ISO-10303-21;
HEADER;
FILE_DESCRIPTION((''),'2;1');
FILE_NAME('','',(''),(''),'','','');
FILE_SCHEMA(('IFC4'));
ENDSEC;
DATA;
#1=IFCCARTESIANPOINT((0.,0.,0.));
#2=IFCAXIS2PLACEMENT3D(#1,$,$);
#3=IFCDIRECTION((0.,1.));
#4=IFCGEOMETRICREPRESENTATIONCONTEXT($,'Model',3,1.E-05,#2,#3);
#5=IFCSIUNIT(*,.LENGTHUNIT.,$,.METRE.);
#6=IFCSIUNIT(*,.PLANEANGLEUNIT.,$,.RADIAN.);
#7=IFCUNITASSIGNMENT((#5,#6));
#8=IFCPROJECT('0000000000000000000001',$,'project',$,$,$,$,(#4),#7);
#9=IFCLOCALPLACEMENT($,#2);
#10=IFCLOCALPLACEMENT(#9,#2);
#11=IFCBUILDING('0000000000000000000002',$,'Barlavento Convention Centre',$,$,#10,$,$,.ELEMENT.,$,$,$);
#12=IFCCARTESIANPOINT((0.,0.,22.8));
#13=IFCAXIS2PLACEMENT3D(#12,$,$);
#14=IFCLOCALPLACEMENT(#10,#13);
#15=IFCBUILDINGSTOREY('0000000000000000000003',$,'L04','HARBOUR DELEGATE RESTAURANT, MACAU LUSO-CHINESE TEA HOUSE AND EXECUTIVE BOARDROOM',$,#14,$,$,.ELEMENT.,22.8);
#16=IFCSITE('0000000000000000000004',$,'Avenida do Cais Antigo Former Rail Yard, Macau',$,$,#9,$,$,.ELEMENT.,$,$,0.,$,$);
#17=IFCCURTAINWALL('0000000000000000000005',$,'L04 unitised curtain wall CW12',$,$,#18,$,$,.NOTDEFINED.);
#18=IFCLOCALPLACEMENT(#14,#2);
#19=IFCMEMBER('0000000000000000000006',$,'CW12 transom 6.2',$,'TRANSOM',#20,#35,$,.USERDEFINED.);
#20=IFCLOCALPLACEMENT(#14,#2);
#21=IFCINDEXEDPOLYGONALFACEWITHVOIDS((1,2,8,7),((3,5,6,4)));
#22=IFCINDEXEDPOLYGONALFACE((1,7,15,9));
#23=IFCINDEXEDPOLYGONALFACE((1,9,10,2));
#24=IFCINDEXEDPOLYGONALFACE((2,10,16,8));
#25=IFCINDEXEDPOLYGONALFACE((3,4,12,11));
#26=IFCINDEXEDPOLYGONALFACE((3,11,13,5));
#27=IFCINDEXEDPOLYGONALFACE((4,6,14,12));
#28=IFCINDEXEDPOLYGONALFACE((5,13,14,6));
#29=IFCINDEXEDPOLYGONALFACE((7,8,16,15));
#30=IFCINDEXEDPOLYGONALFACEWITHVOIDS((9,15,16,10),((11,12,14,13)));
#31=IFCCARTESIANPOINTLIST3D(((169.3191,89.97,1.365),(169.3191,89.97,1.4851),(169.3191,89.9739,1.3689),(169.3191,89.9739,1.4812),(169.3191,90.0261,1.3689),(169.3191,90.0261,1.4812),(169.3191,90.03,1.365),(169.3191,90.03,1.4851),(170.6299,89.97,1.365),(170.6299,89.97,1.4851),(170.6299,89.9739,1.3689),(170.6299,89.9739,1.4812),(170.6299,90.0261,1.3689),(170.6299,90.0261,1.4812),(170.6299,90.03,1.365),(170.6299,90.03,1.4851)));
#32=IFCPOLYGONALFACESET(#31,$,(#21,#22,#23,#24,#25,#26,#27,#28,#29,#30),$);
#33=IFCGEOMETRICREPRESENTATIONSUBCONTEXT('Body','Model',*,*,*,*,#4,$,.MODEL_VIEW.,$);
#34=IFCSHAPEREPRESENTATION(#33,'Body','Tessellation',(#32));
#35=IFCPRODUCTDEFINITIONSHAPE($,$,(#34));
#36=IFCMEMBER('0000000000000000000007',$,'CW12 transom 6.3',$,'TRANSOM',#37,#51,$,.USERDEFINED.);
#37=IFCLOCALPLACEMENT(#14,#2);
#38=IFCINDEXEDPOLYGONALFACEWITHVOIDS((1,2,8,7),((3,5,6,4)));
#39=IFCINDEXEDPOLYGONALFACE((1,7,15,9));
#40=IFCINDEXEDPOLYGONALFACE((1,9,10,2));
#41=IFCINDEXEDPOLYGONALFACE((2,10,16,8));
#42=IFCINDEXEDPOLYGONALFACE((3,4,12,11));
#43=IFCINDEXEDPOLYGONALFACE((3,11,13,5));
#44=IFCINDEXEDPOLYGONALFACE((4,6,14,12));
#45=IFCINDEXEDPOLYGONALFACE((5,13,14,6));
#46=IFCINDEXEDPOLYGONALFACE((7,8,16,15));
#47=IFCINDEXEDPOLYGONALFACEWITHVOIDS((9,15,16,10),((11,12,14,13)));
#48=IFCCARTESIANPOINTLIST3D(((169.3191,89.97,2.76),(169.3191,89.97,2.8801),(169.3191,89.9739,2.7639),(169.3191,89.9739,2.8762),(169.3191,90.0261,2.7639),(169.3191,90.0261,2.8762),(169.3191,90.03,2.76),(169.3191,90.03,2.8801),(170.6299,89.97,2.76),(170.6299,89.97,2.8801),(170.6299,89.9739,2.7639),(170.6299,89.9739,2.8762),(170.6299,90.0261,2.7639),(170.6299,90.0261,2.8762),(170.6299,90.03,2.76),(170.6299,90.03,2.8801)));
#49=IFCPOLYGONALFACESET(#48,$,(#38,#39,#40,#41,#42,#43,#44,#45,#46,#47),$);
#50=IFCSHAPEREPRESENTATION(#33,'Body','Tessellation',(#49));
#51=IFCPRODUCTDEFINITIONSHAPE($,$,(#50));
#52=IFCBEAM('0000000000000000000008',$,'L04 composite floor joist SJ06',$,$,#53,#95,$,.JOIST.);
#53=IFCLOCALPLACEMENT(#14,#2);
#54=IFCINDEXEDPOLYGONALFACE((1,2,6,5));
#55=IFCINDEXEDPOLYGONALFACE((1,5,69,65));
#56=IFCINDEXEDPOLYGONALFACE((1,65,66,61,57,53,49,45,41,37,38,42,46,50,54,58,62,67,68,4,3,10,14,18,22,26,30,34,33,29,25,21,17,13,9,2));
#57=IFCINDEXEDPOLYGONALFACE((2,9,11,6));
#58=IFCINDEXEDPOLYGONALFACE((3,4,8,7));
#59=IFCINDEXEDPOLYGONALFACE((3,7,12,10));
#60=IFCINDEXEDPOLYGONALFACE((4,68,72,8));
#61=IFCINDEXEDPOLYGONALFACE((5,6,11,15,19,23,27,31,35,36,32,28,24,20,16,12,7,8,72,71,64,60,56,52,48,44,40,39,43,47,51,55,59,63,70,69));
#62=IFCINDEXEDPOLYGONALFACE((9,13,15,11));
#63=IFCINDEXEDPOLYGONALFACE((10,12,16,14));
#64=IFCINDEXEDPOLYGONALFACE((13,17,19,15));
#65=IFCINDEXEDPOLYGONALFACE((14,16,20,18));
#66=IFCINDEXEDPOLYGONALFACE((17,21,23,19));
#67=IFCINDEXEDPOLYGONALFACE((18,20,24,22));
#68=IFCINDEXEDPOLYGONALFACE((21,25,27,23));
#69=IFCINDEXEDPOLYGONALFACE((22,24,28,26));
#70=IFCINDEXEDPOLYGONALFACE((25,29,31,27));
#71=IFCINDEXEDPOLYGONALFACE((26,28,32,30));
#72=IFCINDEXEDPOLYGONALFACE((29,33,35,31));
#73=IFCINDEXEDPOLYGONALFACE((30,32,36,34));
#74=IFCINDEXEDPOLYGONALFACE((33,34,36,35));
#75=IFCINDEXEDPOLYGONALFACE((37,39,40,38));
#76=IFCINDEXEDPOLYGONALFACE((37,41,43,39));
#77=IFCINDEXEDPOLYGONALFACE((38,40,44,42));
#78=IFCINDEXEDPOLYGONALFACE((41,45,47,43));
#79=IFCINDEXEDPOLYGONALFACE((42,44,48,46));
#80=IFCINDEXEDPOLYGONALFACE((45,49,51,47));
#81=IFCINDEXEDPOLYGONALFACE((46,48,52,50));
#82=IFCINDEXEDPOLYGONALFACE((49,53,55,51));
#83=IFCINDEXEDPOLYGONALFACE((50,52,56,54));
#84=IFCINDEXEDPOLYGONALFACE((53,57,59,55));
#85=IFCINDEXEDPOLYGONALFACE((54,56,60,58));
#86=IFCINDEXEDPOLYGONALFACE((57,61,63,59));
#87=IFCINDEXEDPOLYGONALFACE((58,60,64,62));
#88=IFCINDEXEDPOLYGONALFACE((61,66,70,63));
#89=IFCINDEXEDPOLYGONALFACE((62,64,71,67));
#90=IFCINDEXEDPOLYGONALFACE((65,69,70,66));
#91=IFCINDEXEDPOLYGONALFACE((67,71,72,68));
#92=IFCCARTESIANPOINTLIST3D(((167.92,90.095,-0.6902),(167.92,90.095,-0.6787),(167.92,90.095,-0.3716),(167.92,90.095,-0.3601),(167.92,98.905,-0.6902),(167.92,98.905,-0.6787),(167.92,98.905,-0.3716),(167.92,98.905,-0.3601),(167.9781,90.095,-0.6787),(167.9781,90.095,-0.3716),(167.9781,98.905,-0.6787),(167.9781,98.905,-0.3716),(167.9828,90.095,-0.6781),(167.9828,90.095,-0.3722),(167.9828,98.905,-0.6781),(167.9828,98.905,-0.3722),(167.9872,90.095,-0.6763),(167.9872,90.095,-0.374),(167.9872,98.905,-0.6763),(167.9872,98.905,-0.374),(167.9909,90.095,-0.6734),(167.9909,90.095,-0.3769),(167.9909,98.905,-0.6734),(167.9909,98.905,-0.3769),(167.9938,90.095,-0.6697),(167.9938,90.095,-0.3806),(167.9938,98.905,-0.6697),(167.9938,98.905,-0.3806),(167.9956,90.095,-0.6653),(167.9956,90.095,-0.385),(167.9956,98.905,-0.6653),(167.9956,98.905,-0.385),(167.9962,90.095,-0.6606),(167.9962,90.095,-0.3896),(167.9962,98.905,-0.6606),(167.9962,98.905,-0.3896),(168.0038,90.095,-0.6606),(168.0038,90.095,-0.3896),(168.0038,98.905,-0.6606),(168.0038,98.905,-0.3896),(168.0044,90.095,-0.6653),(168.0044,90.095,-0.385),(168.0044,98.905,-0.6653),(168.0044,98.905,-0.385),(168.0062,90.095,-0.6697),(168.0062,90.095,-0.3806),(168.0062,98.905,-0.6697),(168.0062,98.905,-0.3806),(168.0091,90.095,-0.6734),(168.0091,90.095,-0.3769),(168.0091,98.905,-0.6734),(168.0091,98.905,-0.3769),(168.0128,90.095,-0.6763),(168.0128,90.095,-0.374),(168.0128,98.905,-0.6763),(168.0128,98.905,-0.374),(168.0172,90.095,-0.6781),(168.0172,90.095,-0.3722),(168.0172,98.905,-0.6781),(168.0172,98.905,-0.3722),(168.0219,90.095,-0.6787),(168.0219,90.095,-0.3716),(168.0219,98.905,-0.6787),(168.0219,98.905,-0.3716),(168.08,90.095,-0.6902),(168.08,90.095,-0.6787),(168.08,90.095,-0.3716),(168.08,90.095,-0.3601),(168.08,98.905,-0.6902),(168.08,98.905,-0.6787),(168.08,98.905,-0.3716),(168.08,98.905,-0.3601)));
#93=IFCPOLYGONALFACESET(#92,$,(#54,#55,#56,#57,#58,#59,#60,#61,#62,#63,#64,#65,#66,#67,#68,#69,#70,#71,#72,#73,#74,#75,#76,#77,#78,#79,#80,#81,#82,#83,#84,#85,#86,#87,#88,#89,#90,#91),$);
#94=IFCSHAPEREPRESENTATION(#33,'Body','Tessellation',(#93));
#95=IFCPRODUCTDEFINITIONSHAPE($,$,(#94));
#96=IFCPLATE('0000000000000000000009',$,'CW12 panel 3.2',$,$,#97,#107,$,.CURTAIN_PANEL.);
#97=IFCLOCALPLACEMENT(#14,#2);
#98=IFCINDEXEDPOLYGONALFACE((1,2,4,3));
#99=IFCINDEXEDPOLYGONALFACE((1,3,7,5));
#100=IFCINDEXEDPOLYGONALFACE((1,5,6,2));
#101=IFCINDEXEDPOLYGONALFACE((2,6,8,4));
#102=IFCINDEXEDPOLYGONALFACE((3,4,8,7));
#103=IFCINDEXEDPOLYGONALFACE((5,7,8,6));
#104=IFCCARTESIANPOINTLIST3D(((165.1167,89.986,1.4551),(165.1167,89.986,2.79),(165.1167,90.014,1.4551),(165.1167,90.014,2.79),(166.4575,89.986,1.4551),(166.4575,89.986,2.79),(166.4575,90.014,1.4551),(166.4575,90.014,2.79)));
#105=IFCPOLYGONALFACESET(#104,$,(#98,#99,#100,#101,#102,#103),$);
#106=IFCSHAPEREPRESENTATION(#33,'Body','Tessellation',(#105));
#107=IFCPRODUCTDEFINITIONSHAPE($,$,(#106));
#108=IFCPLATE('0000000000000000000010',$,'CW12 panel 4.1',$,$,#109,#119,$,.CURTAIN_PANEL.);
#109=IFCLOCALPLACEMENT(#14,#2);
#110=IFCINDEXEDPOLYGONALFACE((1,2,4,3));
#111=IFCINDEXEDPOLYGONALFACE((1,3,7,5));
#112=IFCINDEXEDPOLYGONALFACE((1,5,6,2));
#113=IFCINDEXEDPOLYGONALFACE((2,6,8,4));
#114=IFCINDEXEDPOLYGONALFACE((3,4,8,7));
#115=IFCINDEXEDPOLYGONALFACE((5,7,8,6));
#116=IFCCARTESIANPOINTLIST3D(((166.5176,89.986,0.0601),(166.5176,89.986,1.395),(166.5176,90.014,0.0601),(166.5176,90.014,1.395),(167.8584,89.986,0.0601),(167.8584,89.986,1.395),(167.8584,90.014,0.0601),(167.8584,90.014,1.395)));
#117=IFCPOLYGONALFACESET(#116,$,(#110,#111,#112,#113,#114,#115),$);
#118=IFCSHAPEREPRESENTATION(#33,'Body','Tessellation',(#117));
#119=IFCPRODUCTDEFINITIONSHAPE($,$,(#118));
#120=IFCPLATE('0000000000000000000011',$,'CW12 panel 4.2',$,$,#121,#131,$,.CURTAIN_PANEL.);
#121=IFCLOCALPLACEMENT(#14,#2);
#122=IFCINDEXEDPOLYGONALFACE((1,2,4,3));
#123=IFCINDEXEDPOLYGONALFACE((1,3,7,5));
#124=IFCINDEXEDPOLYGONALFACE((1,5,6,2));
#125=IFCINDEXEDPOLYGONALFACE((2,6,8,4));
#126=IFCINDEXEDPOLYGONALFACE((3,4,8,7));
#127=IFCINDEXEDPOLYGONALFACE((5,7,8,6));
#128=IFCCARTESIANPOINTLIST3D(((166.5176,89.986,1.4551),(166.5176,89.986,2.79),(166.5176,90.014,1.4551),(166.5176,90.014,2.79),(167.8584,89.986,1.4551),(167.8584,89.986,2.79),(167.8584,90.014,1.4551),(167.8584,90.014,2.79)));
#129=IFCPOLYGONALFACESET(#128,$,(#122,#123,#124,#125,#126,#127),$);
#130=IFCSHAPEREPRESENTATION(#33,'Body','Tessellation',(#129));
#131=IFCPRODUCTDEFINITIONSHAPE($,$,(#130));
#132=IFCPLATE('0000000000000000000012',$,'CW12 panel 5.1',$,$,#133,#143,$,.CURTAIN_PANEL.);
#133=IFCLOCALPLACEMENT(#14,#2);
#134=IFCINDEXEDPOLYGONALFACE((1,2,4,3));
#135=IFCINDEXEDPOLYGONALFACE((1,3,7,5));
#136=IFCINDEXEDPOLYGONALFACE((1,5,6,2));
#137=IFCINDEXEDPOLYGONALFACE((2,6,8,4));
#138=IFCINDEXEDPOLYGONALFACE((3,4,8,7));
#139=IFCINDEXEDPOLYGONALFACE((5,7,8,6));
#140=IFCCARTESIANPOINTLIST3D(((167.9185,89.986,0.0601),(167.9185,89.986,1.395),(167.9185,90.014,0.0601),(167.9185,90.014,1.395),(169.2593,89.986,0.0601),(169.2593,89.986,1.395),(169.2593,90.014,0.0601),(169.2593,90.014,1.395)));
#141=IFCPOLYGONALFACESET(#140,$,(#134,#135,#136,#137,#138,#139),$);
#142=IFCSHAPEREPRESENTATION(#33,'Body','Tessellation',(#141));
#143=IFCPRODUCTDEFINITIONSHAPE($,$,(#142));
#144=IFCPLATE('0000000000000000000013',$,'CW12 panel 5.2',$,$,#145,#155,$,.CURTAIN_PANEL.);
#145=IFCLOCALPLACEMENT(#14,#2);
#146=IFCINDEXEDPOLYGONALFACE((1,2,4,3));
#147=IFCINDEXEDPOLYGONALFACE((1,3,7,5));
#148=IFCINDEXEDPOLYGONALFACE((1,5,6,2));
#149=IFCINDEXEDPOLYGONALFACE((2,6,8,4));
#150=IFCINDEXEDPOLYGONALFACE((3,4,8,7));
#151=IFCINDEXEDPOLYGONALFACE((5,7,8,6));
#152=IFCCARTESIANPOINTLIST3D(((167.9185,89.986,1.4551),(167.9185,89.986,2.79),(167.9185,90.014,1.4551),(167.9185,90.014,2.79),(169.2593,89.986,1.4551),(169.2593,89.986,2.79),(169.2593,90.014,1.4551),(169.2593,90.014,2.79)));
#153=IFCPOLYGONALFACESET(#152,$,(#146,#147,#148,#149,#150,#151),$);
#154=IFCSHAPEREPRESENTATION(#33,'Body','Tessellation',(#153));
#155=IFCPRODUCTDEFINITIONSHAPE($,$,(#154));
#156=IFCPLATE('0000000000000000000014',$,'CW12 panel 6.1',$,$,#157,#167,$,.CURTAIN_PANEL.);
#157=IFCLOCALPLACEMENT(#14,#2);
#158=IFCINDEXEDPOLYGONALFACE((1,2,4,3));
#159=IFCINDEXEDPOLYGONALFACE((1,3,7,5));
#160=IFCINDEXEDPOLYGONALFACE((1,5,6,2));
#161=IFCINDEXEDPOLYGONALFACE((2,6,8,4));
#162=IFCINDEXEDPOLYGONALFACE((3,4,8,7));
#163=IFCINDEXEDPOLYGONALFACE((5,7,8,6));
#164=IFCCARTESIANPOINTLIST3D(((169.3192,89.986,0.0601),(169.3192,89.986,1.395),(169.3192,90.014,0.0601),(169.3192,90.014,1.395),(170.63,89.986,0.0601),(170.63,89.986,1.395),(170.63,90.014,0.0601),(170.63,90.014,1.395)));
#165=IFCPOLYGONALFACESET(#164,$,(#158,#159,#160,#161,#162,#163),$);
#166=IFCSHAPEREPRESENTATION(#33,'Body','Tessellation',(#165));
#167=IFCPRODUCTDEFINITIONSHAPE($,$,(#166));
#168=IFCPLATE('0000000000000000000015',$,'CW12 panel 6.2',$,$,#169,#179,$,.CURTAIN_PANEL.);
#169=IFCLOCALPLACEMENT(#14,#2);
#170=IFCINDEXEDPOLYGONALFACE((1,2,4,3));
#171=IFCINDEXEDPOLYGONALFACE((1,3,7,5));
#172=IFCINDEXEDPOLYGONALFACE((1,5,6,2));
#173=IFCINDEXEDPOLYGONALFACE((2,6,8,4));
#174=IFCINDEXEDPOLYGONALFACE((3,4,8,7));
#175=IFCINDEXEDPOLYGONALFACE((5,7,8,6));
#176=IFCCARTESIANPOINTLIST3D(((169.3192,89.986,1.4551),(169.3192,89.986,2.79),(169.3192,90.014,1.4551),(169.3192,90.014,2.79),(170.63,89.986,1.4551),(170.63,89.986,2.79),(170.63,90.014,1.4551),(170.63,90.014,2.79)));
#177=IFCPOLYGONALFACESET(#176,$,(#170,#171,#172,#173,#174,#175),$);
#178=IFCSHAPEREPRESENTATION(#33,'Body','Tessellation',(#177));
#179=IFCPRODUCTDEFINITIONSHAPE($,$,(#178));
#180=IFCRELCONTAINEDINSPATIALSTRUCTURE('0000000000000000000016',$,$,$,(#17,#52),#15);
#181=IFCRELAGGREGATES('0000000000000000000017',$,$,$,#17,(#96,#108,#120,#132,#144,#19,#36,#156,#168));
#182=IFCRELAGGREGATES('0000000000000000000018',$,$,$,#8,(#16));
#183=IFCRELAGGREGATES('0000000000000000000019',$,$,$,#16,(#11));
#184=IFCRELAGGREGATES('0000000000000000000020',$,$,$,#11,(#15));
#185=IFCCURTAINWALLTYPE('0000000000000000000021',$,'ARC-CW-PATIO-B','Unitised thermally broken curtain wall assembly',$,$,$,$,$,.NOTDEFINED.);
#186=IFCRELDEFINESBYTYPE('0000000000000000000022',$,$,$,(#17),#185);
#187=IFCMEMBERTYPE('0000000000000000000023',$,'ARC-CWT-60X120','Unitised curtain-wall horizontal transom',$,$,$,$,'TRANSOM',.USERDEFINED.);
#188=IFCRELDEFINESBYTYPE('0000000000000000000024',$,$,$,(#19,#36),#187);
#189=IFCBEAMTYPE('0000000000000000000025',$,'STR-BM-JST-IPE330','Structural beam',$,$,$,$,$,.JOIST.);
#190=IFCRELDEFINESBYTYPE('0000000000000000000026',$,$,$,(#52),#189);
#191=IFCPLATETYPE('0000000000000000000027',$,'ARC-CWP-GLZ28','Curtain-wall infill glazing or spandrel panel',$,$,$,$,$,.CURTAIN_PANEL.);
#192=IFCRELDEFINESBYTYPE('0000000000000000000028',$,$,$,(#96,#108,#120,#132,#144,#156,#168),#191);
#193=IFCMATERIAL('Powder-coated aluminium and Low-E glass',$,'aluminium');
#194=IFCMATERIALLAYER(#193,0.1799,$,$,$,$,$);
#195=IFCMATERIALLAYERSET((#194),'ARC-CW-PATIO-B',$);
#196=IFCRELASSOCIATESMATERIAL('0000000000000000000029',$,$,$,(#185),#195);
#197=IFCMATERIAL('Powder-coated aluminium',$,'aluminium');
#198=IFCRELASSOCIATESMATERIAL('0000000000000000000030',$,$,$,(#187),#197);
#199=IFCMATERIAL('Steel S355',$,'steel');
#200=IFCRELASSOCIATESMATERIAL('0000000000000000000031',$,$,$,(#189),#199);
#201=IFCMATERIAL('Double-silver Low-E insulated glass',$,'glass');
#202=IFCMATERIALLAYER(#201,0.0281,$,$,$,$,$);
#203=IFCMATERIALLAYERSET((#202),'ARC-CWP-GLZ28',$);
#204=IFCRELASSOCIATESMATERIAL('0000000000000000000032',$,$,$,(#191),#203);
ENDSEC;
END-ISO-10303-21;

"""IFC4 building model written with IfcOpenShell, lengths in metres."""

from ifc_helpers import new_model, si_unit, direction, frame, origin, origin_2d, place, context, subcontext, project, spatial, rectangle, hollow_rectangle, i_section, extrude, material, layer, layer_set, material_profile, profile_set, type_object, element, aggregate, save


model = new_model("IFC4")

# Units and contexts
model_context = context("Model", 3, precision=1e-05, world=origin(), true_north=direction((0.0, 1.0)))
body_context = subcontext(model_context, "Body", "Model", "MODEL_VIEW")
ifc_project = project(units=[si_unit("LENGTHUNIT", "METRE"), si_unit("PLANEANGLEUNIT", "RADIAN")], contexts=[model_context])

# Site, building, storey
site_placement = place(None, origin())
site = spatial("IfcSite", under=ifc_project, at=site_placement, Name="Avenida do Cais Antigo Former Rail Yard, Macau", CompositionType="ELEMENT", RefElevation=0.0)
building_placement = place(site_placement, origin())
building = spatial("IfcBuilding", under=site, at=building_placement, Name="Barlavento Convention Centre", CompositionType="ELEMENT")
storey_placement = place(building_placement, frame((0.0, 0.0, 22.8)))
storey = spatial("IfcBuildingStorey", under=building, at=storey_placement, Name="L04", Description="HARBOUR DELEGATE RESTAURANT, MACAU LUSO-CHINESE TEA HOUSE AND EXECUTIVE BOARDROOM", CompositionType="ELEMENT", Elevation=22.8)

# Curtain wall, members
ifc_material_1 = material(Name="Powder-coated aluminium and Low-E glass", Category="aluminium")
ifc_layer_1 = layer(ifc_material_1, 0.1799)
ifc_layer_set_1 = layer_set([ifc_layer_1], Name="ARC-CW-PATIO-B")
curtain_wall_type = type_object("IfcCurtainWallType", Name="ARC-CW-PATIO-B", Description="Unitised thermally broken curtain wall assembly", PredefinedType="NOTDEFINED", material=ifc_layer_set_1)
curtain_wall_placement = place(storey_placement, origin())
curtain_wall = element("IfcCurtainWall", 1, at=curtain_wall_placement, inside=storey, type_object=curtain_wall_type, Name="L04 unitised curtain wall CW12", PredefinedType="NOTDEFINED")
ifc_material_2 = material(Name="Powder-coated aluminium", Category="aluminium")
ifc_material_profile_1 = material_profile(ifc_material_2, hollow_rectangle(XDim=0.0601, YDim=0.1201, WallThickness=0.0039, at=origin_2d()), Name="AL-TRAN 60x120x4")
ifc_profile_set_1 = profile_set([ifc_material_profile_1], Name="Powder-coated aluminium")
member_type_1 = type_object("IfcMemberType", Name="ARC-CWT-60X120", Description="Unitised curtain-wall horizontal transom", ElementType="TRANSOM", PredefinedType="USERDEFINED", material=ifc_profile_set_1)
member_1_placement = place(storey_placement, frame((169.3191, 90.0, 1.425), z_axis=(1.0, 0.0, 0.0), x_axis=(0.0, 1.0, 0.0)))
member_1 = element("IfcMember", 2, at=member_1_placement, type_object=member_type_1, Name="CW12 transom 6.2", ObjectType="TRANSOM", PredefinedType="USERDEFINED", context=body_context, shape_type="SweptSolid", body=[
    extrude(hollow_rectangle(XDim=0.0601, YDim=0.1201, WallThickness=0.0039, at=origin_2d()), origin(), (0.0, 0.0, 1.0), 1.3108),
])
member_2_placement = place(storey_placement, frame((169.3191, 90.0, 2.8201), z_axis=(1.0, 0.0, 0.0), x_axis=(0.0, 1.0, 0.0)))
member_2 = element("IfcMember", 3, at=member_2_placement, type_object=member_type_1, Name="CW12 transom 6.3", ObjectType="TRANSOM", PredefinedType="USERDEFINED", context=body_context, shape_type="SweptSolid", body=[
    extrude(hollow_rectangle(XDim=0.0601, YDim=0.1201, WallThickness=0.0039, at=origin_2d()), origin(), (0.0, 0.0, 1.0), 1.3108),
])

# Beam
ifc_material_3 = material(Name="Steel S355", Category="steel")
ifc_material_profile_2 = material_profile(ifc_material_3, i_section(OverallWidth=0.1599, OverallDepth=0.3301, WebThickness=0.0076, FlangeThickness=0.0115, FilletRadius=0.0181, at=origin_2d()), Name="IPE 330")
ifc_profile_set_2 = profile_set([ifc_material_profile_2], Name="Steel S355")
beam_type = type_object("IfcBeamType", Name="STR-BM-JST-IPE330", Description="Structural beam", PredefinedType="JOIST", material=ifc_profile_set_2)
beam_placement = place(storey_placement, frame((168.0, 90.095, -0.5251), z_axis=(0.0, 1.0, 0.0), x_axis=(-1.0, 0.0, 0.0)))
element("IfcBeam", 4, at=beam_placement, inside=storey, type_object=beam_type, Name="L04 composite floor joist SJ06", PredefinedType="JOIST", context=body_context, shape_type="SweptSolid", body=[
    extrude(i_section(OverallWidth=0.1599, OverallDepth=0.3301, WebThickness=0.0076, FlangeThickness=0.0115, FilletRadius=0.0181, at=origin_2d()), origin(), (0.0, 0.0, 1.0), 8.8101),
])

# Plates
ifc_material_4 = material(Name="Double-silver Low-E insulated glass", Category="glass")
ifc_layer_2 = layer(ifc_material_4, 0.0281)
ifc_layer_set_2 = layer_set([ifc_layer_2], Name="ARC-CWP-GLZ28")
plate_type = type_object("IfcPlateType", Name="ARC-CWP-GLZ28", Description="Curtain-wall infill glazing or spandrel panel", PredefinedType="CURTAIN_PANEL", material=ifc_layer_set_2)
plate_1_placement = place(storey_placement, frame((165.7871, 90.0, 1.4551), z_axis=(0.0, 0.0, 1.0), x_axis=(1.0, 0.0, 0.0)))
plate_1 = element("IfcPlate", 5, at=plate_1_placement, type_object=plate_type, Name="CW12 panel 3.2", PredefinedType="CURTAIN_PANEL", context=body_context, shape_type="SweptSolid", body=[
    extrude(rectangle(XDim=1.3408, YDim=0.0281, at=origin_2d()), origin(), (0.0, 0.0, 1.0), 1.335),
])
plate_2_placement = place(storey_placement, frame((167.188, 90.0, 0.0601), z_axis=(0.0, 0.0, 1.0), x_axis=(1.0, 0.0, 0.0)))
plate_2 = element("IfcPlate", 6, at=plate_2_placement, type_object=plate_type, Name="CW12 panel 4.1", PredefinedType="CURTAIN_PANEL", context=body_context, shape_type="SweptSolid", body=[
    extrude(rectangle(XDim=1.3408, YDim=0.0281, at=origin_2d()), origin(), (0.0, 0.0, 1.0), 1.335),
])
plate_3_placement = place(storey_placement, frame((167.188, 90.0, 1.4551), z_axis=(0.0, 0.0, 1.0), x_axis=(1.0, 0.0, 0.0)))
plate_3 = element("IfcPlate", 7, at=plate_3_placement, type_object=plate_type, Name="CW12 panel 4.2", PredefinedType="CURTAIN_PANEL", context=body_context, shape_type="SweptSolid", body=[
    extrude(rectangle(XDim=1.3408, YDim=0.0281, at=origin_2d()), origin(), (0.0, 0.0, 1.0), 1.335),
])
plate_4_placement = place(storey_placement, frame((168.5889, 90.0, 0.0601), z_axis=(0.0, 0.0, 1.0), x_axis=(1.0, 0.0, 0.0)))
plate_4 = element("IfcPlate", 8, at=plate_4_placement, type_object=plate_type, Name="CW12 panel 5.1", PredefinedType="CURTAIN_PANEL", context=body_context, shape_type="SweptSolid", body=[
    extrude(rectangle(XDim=1.3408, YDim=0.0281, at=origin_2d()), origin(), (0.0, 0.0, 1.0), 1.335),
])
plate_5_placement = place(storey_placement, frame((168.5889, 90.0, 1.4551), z_axis=(0.0, 0.0, 1.0), x_axis=(1.0, 0.0, 0.0)))
plate_5 = element("IfcPlate", 9, at=plate_5_placement, type_object=plate_type, Name="CW12 panel 5.2", PredefinedType="CURTAIN_PANEL", context=body_context, shape_type="SweptSolid", body=[
    extrude(rectangle(XDim=1.3408, YDim=0.0281, at=origin_2d()), origin(), (0.0, 0.0, 1.0), 1.335),
])
plate_6_placement = place(storey_placement, frame((169.9746, 90.0, 0.0601), z_axis=(0.0, 0.0, 1.0), x_axis=(1.0, 0.0, 0.0)))
plate_6 = element("IfcPlate", 10, at=plate_6_placement, type_object=plate_type, Name="CW12 panel 6.1", PredefinedType="CURTAIN_PANEL", context=body_context, shape_type="SweptSolid", body=[
    extrude(rectangle(XDim=1.3108, YDim=0.0281, at=origin_2d()), origin(), (0.0, 0.0, 1.0), 1.335),
])
plate_7_placement = place(storey_placement, frame((169.9746, 90.0, 1.4551), z_axis=(0.0, 0.0, 1.0), x_axis=(1.0, 0.0, 0.0)))
plate_7 = element("IfcPlate", 11, at=plate_7_placement, type_object=plate_type, Name="CW12 panel 6.2", PredefinedType="CURTAIN_PANEL", context=body_context, shape_type="SweptSolid", body=[
    extrude(rectangle(XDim=1.3108, YDim=0.0281, at=origin_2d()), origin(), (0.0, 0.0, 1.0), 1.335),
])
aggregate(curtain_wall, [plate_1, plate_2, plate_3, plate_4, plate_5, member_1, member_2, plate_6, plate_7])

save(model, "model.ifc")
